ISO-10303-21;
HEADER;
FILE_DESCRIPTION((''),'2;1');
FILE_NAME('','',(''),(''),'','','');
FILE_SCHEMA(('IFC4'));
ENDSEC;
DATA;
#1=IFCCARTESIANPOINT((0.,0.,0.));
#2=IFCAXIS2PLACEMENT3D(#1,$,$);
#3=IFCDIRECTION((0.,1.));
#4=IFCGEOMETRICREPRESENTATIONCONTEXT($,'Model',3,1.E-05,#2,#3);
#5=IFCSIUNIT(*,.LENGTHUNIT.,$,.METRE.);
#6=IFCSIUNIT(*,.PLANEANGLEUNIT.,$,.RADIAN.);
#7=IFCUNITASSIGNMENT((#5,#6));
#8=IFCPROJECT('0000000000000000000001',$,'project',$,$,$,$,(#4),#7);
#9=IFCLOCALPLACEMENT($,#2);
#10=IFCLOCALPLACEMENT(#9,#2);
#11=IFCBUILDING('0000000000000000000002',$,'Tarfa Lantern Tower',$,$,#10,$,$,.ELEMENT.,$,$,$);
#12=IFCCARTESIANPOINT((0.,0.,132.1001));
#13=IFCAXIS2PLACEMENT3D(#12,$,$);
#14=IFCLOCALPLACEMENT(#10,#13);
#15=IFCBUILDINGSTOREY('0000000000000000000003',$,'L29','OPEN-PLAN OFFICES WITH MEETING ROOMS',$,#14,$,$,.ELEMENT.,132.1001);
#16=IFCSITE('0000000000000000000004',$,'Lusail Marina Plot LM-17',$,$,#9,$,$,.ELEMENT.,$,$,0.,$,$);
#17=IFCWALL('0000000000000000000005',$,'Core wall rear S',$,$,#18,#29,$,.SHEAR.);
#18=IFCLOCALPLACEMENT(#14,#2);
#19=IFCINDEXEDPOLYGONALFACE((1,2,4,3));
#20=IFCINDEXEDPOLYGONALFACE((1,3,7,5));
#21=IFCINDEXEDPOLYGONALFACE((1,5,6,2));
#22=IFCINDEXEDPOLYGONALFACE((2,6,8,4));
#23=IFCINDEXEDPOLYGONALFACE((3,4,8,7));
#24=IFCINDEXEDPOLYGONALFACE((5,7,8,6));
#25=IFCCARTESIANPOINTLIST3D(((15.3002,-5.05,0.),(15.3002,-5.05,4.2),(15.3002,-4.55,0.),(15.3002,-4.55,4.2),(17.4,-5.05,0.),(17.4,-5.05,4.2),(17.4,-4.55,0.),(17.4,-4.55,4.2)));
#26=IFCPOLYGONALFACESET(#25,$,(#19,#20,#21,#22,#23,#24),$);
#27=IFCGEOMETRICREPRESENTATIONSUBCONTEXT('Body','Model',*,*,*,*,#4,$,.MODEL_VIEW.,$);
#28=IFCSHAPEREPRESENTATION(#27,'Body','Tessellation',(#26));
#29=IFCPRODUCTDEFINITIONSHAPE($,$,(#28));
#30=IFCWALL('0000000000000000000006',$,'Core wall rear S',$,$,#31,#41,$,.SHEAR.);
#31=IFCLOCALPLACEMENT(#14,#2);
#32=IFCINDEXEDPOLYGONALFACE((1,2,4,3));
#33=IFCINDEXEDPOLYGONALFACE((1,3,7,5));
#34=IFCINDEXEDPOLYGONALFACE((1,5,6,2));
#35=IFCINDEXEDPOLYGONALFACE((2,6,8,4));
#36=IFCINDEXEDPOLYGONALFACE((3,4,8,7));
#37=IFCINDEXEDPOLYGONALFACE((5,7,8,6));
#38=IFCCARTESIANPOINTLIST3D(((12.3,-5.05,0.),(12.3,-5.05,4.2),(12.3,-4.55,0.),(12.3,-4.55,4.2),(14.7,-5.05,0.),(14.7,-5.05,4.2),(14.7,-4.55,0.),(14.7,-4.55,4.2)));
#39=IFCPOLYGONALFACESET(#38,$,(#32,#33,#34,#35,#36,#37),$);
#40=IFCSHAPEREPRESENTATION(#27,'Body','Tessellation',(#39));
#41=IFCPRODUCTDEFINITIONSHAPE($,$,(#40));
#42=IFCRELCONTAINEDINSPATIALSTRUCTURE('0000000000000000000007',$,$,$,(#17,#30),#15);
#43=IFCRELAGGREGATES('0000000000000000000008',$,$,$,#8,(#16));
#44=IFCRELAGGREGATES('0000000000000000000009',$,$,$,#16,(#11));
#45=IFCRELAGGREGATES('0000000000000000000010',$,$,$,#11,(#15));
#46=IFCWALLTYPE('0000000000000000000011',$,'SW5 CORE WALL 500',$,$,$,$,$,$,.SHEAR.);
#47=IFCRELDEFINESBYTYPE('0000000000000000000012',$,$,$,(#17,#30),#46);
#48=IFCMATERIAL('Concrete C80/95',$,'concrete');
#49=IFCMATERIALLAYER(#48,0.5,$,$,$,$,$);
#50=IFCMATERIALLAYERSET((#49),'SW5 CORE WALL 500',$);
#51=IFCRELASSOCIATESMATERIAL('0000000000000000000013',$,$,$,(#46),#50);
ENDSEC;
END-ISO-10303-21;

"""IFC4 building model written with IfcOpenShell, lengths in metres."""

from ifc_helpers import new_model, si_unit, direction, frame, frame_2d, origin, place, context, subcontext, project, spatial, rectangle, extrude, material, layer, layer_set, type_object, element, save


model = new_model("IFC4")

# Units and contexts
model_context = context("Model", 3, precision=1e-05, world=origin(), true_north=direction((0.0, 1.0)))
body_context = subcontext(model_context, "Body", "Model", "MODEL_VIEW")
ifc_project = project(units=[si_unit("LENGTHUNIT", "METRE"), si_unit("PLANEANGLEUNIT", "RADIAN")], contexts=[model_context])

# Site, building, storey
site_placement = place(None, origin())
site = spatial("IfcSite", under=ifc_project, at=site_placement, Name="Lusail Marina Plot LM-17", CompositionType="ELEMENT", RefElevation=0.0)
building_placement = place(site_placement, origin())
building = spatial("IfcBuilding", under=site, at=building_placement, Name="Tarfa Lantern Tower", CompositionType="ELEMENT")
storey_placement = place(building_placement, frame((0.0, 0.0, 132.1001)))
storey = spatial("IfcBuildingStorey", under=building, at=storey_placement, Name="L29", Description="OPEN-PLAN OFFICES WITH MEETING ROOMS", CompositionType="ELEMENT", Elevation=132.1001)

# Shared definitions
ifc_material_1 = material(Name="Concrete C80/95", Category="concrete")
ifc_layer_1 = layer(ifc_material_1, 0.5)
ifc_layer_set_1 = layer_set([ifc_layer_1], Name="SW5 CORE WALL 500")
wall_type_1 = type_object("IfcWallType", Name="SW5 CORE WALL 500", PredefinedType="SHEAR", material=ifc_layer_set_1)

# Walls
wall_1_placement = place(storey_placement, frame((17.3999, -4.8, 0.0), z_axis=(0.0, 0.0, 1.0), x_axis=(-1.0, 0.0, 0.0)))
element("IfcWall", 1, at=wall_1_placement, inside=storey, type_object=wall_type_1, Name="Core wall rear S", PredefinedType="SHEAR", context=body_context, shape_type="SweptSolid", body=[
    extrude(rectangle(XDim=2.0999, YDim=0.5, at=frame_2d((1.0498, 0.0))), origin(), (0.0, 0.0, 1.0), 4.2),
])
wall_2_placement = place(storey_placement, frame((14.7, -4.8, 0.0), z_axis=(0.0, 0.0, 1.0), x_axis=(-1.0, 0.0, 0.0)))
element("IfcWall", 2, at=wall_2_placement, inside=storey, type_object=wall_type_1, Name="Core wall rear S", PredefinedType="SHEAR", context=body_context, shape_type="SweptSolid", body=[
    extrude(rectangle(XDim=2.3999, YDim=0.5, at=frame_2d((1.2, 0.0))), origin(), (0.0, 0.0, 1.0), 4.2),
])

save(model, "model.ifc")
